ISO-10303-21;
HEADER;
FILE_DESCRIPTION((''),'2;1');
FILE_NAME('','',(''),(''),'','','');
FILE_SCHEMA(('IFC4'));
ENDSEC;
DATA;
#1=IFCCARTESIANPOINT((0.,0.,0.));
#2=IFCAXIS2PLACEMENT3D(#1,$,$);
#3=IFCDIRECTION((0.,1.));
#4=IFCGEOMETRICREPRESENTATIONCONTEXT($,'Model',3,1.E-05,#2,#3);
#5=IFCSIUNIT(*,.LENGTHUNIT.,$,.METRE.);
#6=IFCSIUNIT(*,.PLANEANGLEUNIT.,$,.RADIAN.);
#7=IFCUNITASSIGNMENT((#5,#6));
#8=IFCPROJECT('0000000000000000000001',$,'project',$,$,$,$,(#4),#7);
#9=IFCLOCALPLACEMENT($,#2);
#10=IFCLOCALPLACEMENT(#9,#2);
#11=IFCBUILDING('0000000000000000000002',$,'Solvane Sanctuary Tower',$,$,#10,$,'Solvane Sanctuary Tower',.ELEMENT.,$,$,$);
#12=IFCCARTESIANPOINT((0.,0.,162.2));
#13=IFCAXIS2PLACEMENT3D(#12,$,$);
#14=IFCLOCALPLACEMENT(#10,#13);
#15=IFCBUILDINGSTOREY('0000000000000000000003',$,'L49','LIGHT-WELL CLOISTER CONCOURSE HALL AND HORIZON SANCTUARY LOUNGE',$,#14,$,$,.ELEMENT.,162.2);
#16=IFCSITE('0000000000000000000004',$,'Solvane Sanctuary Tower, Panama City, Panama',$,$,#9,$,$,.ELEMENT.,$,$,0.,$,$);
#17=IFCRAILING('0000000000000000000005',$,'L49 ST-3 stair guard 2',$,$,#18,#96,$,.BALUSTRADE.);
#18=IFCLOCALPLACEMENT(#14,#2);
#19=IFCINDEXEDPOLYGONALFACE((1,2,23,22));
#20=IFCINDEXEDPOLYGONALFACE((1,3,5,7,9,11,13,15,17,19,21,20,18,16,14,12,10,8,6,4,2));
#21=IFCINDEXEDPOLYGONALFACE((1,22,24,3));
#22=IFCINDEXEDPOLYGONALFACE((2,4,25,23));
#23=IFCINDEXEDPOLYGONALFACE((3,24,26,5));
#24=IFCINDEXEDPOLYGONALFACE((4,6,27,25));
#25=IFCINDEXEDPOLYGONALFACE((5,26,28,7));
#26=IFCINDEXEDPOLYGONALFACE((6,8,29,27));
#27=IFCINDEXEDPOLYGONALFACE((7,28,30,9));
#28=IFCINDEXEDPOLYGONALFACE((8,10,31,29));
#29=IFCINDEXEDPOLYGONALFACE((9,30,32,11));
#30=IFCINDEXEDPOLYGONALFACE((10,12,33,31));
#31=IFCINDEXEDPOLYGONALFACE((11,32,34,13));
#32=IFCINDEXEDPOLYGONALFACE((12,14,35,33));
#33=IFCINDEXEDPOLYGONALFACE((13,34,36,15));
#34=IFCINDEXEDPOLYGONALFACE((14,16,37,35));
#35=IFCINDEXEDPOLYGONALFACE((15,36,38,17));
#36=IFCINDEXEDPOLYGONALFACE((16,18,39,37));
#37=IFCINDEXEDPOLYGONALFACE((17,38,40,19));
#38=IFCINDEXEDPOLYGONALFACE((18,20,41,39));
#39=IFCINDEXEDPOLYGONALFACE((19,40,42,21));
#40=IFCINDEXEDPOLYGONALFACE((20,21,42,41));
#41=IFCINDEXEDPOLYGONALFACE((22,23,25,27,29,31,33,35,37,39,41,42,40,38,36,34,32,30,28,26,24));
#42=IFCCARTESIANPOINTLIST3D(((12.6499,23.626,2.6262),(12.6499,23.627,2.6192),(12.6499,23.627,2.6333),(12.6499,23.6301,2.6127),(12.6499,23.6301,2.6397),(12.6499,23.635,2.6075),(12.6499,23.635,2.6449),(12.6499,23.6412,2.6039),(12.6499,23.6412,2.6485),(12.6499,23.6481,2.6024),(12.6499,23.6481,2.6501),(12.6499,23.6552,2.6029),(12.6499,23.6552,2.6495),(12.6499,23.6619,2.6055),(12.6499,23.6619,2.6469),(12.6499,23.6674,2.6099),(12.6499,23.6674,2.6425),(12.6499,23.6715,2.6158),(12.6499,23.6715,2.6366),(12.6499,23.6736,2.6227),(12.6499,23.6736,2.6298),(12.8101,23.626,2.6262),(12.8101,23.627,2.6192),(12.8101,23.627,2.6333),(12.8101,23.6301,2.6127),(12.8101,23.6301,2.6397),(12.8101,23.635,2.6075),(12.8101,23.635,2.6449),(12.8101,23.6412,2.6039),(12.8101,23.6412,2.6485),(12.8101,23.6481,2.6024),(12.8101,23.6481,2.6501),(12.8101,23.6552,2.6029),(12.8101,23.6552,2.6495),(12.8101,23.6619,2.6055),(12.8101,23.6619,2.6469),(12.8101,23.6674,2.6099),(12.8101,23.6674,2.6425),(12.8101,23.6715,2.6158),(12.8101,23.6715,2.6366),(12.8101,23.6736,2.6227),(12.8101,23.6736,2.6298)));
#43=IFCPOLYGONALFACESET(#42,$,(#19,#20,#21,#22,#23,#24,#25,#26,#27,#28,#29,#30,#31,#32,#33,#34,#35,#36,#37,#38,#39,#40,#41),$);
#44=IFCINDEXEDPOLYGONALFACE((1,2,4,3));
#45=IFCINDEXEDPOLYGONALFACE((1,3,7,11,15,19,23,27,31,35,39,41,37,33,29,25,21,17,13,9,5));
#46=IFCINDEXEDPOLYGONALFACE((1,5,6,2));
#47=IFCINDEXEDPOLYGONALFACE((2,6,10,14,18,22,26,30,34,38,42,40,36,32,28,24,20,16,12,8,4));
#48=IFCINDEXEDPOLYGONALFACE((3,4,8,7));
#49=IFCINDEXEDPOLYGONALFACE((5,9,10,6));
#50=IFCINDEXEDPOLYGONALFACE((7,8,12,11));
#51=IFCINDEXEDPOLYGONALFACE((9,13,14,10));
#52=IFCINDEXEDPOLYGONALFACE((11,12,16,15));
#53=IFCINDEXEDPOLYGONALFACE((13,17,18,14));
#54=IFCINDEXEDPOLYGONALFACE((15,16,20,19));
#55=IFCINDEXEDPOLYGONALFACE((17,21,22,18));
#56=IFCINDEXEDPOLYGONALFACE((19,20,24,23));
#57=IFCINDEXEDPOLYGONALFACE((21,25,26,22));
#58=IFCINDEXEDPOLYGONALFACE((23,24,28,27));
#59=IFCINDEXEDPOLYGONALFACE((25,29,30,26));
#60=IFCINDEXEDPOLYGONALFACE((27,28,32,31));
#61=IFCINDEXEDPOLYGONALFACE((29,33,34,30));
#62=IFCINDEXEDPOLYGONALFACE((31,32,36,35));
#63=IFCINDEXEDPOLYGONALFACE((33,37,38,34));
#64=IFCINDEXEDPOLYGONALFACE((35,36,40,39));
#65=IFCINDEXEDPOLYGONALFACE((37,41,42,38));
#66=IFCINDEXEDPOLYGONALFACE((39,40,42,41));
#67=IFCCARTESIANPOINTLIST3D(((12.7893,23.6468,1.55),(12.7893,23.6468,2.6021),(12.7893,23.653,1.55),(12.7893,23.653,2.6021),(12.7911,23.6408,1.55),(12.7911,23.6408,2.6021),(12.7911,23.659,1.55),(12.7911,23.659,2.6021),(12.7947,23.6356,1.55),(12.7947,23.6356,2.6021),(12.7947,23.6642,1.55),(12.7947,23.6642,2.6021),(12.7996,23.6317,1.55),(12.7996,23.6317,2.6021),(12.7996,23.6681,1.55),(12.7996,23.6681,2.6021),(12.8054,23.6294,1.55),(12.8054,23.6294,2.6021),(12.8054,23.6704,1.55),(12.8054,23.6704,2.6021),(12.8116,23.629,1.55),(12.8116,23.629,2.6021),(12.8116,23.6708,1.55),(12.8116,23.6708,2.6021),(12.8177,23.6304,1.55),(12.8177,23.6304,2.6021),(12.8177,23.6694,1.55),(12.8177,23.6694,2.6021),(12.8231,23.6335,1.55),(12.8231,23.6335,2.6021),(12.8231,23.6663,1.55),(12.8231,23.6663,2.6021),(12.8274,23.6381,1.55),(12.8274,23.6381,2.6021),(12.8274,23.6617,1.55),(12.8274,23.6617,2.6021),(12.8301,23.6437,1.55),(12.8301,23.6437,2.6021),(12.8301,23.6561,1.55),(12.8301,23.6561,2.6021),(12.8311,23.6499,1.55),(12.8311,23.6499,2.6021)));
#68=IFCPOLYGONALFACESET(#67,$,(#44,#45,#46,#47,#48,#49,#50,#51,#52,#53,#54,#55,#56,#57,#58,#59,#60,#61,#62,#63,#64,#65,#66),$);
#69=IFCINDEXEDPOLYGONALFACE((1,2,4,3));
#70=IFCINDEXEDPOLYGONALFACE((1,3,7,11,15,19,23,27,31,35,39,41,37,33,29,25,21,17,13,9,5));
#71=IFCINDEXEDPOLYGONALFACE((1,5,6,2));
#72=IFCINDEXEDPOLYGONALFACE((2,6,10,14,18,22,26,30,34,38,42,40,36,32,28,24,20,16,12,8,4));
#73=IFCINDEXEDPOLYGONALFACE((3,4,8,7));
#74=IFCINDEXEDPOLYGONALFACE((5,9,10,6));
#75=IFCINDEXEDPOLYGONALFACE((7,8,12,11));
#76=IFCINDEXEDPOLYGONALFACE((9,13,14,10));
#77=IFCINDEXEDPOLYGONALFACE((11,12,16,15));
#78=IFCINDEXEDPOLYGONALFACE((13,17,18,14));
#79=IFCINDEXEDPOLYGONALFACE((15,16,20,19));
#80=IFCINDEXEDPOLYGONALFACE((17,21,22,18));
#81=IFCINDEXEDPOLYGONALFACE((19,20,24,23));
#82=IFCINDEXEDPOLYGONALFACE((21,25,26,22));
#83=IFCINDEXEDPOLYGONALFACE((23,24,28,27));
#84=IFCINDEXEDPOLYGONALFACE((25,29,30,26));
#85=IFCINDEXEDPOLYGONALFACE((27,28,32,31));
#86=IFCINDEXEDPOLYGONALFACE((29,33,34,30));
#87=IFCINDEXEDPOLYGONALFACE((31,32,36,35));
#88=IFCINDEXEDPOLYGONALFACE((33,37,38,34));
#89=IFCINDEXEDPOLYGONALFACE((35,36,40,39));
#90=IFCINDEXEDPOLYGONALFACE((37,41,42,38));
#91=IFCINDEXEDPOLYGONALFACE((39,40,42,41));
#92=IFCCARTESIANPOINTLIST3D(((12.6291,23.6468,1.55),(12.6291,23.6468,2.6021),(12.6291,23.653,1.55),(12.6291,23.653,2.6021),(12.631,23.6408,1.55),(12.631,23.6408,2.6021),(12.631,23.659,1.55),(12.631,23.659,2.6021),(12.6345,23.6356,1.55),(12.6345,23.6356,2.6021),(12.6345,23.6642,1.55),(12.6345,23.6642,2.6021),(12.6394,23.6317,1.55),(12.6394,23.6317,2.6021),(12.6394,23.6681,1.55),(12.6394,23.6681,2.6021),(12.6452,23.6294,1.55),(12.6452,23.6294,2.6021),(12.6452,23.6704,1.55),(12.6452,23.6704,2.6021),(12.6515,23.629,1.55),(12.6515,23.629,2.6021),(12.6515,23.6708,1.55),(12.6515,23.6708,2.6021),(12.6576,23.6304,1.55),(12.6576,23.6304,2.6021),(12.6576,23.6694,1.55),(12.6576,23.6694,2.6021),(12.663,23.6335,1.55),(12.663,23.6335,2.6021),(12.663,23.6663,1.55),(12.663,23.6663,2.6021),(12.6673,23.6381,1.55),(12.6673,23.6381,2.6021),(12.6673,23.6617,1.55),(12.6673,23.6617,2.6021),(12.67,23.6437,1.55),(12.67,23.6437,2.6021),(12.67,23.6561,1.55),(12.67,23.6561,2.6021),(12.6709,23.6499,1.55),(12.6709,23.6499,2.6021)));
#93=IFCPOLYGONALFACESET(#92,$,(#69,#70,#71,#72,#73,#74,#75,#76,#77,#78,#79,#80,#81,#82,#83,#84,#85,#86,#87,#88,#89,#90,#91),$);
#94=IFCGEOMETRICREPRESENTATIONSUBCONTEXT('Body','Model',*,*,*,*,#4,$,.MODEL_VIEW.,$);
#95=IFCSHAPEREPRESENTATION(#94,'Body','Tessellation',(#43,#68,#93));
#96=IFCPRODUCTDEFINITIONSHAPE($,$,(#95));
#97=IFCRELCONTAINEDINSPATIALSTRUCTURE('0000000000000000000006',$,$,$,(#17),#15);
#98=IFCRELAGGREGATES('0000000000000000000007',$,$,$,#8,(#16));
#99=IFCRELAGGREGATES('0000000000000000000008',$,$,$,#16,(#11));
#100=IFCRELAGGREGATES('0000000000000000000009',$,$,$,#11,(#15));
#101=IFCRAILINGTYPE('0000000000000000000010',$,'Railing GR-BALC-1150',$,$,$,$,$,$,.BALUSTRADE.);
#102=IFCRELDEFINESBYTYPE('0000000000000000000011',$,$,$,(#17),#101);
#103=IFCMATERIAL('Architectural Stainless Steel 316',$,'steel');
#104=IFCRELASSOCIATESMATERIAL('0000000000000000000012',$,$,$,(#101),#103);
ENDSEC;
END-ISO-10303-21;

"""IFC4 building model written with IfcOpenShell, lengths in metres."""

from ifc_helpers import new_model, si_unit, direction, frame, origin, origin_2d, place, context, subcontext, project, spatial, circle, extrude, material, type_object, element, save


model = new_model("IFC4")

# Units and contexts
model_context = context("Model", 3, precision=1e-05, world=origin(), true_north=direction((0.0, 1.0)))
body_context = subcontext(model_context, "Body", "Model", "MODEL_VIEW")
ifc_project = project(units=[si_unit("LENGTHUNIT", "METRE"), si_unit("PLANEANGLEUNIT", "RADIAN")], contexts=[model_context])

# Site, building, storey
site_placement = place(None, origin())
site = spatial("IfcSite", under=ifc_project, at=site_placement, Name="Solvane Sanctuary Tower, Panama City, Panama", CompositionType="ELEMENT", RefElevation=0.0)
building_placement = place(site_placement, origin())
building = spatial("IfcBuilding", under=site, at=building_placement, Name="Solvane Sanctuary Tower", LongName="Solvane Sanctuary Tower", CompositionType="ELEMENT")
storey_placement = place(building_placement, frame((0.0, 0.0, 162.2)))
storey = spatial("IfcBuildingStorey", under=building, at=storey_placement, Name="L49", Description="LIGHT-WELL CLOISTER CONCOURSE HALL AND HORIZON SANCTUARY LOUNGE", CompositionType="ELEMENT", Elevation=162.2)

# Railing
ifc_material_1 = material(Name="Architectural Stainless Steel 316", Category="steel")
railing_type_1 = type_object("IfcRailingType", Name="Railing GR-BALC-1150", PredefinedType="BALUSTRADE", material=ifc_material_1)
railing_1_placement = place(storey_placement, frame((12.8101, 23.6499, 1.55)))
element("IfcRailing", 1, at=railing_1_placement, inside=storey, type_object=railing_type_1, Name="L49 ST-3 stair guard 2", PredefinedType="BALUSTRADE", context=body_context, shape_type="SweptSolid", body=[
    extrude(circle(Radius=0.0239, at=origin_2d()), frame((0.0, 0.0, 1.0762), z_axis=(-1.0, 0.0, 0.0), x_axis=(0.0, -1.0, 0.0)), (0.0, 0.0, 1.0), 0.1602),
    extrude(circle(Radius=0.021, at=origin_2d()), origin(), (0.0, 0.0, 1.0), 1.052),
    extrude(circle(Radius=0.021, at=origin_2d()), frame((-0.1602, 0.0, 0.0)), (0.0, 0.0, 1.0), 1.052),
])

save(model, "model.ifc")
